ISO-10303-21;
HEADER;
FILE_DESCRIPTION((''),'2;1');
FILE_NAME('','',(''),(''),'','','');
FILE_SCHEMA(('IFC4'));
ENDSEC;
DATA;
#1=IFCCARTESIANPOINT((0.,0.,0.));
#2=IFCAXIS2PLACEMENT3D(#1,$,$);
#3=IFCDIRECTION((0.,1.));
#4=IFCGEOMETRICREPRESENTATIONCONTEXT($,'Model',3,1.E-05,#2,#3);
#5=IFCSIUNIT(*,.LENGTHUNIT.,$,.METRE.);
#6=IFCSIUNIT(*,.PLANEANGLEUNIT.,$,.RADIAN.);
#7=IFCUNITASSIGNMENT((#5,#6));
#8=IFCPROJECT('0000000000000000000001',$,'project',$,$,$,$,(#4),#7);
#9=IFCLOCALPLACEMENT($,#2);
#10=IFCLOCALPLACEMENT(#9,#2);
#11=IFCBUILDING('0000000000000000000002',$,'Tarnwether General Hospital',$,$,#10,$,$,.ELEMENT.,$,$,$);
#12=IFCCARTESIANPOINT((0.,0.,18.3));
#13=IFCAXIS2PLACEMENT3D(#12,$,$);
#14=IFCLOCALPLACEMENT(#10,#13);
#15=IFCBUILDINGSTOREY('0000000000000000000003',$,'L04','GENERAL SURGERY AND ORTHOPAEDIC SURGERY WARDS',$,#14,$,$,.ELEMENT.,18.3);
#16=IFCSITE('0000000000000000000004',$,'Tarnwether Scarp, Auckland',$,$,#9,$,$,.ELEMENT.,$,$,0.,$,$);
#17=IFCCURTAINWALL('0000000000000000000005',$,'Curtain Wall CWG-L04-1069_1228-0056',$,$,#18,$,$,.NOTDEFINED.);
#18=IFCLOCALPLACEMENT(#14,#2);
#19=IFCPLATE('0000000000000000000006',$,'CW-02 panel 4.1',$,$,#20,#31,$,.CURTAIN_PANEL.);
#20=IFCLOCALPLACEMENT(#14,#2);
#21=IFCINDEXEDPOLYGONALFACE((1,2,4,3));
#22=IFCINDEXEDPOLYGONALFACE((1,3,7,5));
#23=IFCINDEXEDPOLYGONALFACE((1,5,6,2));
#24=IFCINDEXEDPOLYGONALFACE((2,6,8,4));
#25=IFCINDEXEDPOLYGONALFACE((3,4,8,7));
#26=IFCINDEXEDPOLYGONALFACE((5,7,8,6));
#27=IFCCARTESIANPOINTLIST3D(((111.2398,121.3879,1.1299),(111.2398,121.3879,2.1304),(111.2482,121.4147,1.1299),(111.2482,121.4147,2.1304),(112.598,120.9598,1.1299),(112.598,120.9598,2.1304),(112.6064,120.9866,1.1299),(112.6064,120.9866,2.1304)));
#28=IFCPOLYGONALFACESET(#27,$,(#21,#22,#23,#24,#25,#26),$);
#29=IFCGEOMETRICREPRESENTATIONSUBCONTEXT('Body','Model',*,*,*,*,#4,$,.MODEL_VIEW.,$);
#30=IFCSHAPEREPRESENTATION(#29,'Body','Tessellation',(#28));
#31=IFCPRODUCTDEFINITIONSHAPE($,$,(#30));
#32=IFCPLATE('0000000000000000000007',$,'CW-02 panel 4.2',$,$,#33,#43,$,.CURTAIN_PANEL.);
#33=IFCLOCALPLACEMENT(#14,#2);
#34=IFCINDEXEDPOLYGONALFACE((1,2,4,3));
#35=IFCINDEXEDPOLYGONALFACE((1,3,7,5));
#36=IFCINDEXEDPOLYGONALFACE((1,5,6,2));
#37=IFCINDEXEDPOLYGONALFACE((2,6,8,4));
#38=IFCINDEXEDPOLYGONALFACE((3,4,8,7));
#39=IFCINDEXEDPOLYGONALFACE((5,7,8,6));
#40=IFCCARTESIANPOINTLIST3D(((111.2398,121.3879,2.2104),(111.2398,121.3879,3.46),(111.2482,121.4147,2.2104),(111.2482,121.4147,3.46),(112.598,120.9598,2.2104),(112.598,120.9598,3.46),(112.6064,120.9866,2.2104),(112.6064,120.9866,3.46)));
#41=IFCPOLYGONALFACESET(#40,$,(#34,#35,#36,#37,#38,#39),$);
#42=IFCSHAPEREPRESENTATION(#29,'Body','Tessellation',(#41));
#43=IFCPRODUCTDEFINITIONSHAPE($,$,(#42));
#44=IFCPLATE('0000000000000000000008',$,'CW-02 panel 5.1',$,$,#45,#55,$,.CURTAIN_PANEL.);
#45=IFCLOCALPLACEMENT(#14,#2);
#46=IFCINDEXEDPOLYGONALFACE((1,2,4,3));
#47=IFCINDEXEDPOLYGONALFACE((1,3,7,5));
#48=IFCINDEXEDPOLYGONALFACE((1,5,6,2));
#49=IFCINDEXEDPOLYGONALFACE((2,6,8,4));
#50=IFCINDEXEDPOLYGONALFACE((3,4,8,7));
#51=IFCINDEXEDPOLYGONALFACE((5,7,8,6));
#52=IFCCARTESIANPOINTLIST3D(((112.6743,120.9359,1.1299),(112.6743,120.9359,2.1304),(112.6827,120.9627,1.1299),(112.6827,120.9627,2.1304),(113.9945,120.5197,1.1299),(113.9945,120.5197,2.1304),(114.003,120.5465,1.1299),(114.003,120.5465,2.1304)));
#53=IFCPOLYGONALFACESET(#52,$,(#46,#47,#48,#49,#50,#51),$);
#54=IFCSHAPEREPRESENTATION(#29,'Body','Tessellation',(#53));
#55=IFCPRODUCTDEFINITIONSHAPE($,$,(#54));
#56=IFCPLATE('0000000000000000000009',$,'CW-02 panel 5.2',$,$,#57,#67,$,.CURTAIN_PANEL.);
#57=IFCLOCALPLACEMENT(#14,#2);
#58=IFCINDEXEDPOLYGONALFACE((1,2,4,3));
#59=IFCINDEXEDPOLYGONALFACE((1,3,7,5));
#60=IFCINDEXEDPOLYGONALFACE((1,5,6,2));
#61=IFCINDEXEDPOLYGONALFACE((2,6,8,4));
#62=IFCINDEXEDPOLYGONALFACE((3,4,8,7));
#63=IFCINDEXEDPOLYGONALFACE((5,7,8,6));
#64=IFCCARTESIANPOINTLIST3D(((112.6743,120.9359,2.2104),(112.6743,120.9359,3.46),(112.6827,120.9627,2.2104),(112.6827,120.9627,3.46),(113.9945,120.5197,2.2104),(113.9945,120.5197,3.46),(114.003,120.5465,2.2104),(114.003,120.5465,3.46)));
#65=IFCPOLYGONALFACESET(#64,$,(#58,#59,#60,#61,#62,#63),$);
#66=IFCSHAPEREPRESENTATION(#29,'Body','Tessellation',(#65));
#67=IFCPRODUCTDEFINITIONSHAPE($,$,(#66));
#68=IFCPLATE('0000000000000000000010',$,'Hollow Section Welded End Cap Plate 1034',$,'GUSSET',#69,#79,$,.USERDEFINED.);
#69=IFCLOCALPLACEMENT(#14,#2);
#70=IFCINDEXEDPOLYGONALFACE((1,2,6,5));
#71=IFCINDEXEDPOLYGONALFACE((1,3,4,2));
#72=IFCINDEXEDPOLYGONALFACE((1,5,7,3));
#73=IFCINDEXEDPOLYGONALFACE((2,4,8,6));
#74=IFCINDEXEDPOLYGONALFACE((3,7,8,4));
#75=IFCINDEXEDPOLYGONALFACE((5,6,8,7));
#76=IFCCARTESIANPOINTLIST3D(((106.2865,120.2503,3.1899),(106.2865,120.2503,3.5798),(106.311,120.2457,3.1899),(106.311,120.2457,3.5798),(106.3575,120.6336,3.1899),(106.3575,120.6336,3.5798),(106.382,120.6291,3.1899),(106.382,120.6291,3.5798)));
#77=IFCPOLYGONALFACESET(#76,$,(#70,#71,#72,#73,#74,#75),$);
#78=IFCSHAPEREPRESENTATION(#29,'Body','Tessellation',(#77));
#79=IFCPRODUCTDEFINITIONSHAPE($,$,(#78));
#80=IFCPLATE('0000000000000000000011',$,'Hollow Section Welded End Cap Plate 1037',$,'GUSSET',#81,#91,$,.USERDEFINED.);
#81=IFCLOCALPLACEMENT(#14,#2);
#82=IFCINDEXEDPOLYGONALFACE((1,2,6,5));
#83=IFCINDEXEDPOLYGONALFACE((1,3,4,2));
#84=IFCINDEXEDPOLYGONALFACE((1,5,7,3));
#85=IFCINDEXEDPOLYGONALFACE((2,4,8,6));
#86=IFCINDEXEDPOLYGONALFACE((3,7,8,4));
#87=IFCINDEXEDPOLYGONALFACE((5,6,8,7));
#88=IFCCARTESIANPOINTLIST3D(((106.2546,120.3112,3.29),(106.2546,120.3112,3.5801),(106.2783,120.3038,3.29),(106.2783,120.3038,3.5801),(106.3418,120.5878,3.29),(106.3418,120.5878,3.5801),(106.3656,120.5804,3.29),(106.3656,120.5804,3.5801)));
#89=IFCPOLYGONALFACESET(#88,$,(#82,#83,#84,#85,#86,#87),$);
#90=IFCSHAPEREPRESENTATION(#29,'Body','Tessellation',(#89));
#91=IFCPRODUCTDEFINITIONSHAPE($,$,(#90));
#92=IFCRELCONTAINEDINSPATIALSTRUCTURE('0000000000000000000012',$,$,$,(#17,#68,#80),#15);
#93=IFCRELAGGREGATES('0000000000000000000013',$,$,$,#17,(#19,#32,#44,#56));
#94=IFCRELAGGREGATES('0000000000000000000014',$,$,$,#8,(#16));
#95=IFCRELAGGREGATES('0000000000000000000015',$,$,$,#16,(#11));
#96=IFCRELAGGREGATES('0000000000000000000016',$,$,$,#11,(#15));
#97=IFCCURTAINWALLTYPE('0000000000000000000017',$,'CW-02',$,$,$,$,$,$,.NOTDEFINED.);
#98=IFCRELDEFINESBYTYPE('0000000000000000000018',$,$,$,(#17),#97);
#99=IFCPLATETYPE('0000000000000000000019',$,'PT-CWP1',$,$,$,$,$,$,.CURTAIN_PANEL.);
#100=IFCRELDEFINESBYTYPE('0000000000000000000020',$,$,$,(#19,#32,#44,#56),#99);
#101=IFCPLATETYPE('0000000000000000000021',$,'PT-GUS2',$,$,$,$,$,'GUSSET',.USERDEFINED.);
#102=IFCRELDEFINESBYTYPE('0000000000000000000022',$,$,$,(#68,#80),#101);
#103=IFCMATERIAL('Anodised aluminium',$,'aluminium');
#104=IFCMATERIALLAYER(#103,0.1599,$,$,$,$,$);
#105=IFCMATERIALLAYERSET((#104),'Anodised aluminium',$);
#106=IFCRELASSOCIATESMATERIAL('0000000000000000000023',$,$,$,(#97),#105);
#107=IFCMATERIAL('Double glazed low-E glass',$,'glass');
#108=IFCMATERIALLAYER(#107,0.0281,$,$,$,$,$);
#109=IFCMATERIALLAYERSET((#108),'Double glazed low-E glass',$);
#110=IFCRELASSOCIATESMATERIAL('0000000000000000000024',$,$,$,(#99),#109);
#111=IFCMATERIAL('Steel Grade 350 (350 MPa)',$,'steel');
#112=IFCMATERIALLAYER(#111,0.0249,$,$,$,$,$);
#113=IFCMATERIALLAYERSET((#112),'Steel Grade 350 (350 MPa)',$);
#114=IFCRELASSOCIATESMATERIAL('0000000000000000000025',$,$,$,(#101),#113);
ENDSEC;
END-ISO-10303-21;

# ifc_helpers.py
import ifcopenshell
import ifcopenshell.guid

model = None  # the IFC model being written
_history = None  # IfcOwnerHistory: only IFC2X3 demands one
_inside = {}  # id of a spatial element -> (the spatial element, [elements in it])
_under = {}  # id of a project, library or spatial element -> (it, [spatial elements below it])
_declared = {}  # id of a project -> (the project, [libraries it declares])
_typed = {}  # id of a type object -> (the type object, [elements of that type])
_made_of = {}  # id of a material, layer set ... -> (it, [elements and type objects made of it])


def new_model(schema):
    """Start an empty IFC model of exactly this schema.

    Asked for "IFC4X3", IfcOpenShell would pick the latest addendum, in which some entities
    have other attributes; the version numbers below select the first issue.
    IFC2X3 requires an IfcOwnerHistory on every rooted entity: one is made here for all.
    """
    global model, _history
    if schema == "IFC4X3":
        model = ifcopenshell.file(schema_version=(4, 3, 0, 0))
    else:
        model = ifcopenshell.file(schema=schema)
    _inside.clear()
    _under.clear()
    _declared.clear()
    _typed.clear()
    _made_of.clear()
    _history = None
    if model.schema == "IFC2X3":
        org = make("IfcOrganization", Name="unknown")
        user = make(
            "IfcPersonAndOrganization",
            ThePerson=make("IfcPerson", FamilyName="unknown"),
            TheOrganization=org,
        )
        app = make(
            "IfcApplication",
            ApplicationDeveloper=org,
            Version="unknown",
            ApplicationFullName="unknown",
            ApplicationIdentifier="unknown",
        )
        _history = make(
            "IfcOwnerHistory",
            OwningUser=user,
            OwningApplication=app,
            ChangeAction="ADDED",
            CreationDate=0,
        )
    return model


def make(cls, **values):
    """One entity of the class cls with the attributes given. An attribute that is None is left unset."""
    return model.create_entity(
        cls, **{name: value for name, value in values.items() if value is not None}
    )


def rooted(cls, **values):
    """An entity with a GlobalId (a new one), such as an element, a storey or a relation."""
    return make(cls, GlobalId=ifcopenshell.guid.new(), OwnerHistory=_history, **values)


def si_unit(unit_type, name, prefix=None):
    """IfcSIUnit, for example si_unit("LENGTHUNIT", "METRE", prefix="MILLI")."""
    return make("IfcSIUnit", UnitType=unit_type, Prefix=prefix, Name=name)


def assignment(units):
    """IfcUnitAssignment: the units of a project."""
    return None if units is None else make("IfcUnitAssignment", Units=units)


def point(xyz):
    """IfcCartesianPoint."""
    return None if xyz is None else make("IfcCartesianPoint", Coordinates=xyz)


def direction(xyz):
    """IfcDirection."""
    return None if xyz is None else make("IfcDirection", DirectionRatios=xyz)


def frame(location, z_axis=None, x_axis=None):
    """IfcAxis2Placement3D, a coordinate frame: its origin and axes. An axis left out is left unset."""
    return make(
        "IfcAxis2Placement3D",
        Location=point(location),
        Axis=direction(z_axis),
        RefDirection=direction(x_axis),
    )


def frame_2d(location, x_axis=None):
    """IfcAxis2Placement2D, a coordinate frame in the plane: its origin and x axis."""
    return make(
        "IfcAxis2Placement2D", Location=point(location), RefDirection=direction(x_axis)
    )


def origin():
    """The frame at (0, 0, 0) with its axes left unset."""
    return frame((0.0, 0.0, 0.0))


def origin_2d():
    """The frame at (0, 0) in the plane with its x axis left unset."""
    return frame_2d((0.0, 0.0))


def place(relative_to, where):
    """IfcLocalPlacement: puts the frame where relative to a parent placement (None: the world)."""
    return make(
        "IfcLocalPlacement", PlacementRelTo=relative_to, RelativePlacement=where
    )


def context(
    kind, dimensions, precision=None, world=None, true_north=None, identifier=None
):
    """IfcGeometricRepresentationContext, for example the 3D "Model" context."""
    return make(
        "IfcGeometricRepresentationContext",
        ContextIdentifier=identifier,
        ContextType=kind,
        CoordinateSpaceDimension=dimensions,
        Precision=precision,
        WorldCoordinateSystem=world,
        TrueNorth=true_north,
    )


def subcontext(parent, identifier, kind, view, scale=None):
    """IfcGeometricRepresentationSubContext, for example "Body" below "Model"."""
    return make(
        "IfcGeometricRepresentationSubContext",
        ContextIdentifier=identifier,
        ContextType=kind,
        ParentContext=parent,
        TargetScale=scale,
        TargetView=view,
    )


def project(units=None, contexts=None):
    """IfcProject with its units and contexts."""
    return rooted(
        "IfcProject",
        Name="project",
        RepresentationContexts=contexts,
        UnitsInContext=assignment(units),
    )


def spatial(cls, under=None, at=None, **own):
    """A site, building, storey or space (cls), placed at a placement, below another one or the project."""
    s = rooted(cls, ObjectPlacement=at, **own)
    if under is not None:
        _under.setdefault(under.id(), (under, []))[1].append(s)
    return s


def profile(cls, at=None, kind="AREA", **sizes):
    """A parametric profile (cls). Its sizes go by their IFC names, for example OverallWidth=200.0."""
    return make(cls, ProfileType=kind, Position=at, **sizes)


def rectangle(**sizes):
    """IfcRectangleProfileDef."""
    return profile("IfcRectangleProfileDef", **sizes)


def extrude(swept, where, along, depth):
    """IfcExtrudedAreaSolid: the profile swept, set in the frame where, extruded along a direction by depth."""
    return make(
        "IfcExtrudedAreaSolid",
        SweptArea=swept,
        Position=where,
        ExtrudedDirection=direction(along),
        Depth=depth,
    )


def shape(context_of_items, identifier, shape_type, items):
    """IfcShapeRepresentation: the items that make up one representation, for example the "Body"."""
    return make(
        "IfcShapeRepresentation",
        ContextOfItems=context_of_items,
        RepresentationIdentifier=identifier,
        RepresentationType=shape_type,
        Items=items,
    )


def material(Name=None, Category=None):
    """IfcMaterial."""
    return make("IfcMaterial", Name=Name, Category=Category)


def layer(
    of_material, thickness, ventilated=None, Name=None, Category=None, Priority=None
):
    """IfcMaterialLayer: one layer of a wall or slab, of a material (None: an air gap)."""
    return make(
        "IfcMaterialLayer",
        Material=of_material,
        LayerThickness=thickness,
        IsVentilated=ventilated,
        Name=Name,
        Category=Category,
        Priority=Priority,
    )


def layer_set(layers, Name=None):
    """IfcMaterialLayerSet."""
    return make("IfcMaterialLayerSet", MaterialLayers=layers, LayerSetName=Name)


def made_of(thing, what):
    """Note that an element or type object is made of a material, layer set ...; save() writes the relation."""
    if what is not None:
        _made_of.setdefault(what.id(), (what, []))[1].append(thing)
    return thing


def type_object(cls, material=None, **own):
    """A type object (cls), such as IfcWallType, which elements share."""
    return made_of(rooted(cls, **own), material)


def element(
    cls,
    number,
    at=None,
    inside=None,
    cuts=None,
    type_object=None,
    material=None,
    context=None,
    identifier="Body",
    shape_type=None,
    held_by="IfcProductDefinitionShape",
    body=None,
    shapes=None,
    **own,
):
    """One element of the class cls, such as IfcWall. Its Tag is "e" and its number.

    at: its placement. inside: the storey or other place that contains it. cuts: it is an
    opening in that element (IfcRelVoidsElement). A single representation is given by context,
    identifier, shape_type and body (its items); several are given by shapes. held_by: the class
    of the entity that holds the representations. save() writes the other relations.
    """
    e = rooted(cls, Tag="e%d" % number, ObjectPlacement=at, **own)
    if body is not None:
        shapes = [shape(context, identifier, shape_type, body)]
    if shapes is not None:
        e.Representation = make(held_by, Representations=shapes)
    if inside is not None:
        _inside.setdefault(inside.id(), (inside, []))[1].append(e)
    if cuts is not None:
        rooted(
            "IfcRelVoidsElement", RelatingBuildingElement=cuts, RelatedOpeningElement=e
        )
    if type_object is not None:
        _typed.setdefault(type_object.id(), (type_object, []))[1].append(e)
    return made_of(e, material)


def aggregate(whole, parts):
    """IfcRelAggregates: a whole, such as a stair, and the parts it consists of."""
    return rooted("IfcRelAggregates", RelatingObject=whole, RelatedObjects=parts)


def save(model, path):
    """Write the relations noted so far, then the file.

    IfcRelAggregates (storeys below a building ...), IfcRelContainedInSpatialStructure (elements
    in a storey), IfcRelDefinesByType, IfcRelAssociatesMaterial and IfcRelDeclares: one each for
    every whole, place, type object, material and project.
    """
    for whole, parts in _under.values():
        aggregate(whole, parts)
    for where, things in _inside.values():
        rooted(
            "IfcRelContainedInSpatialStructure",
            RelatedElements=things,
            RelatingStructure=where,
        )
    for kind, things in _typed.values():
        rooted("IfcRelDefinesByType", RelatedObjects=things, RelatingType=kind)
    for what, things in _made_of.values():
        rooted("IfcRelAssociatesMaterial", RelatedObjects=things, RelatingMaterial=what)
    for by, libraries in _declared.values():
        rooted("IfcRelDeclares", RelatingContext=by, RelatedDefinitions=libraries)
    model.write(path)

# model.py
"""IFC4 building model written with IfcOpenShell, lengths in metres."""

from ifc_helpers import new_model, si_unit, direction, frame, origin, origin_2d, place, context, subcontext, project, spatial, rectangle, extrude, material, layer, layer_set, type_object, element, aggregate, save


model = new_model("IFC4")

# Units and contexts
model_context = context("Model", 3, precision=1e-05, world=origin(), true_north=direction((0.0, 1.0)))
body_context = subcontext(model_context, "Body", "Model", "MODEL_VIEW")
ifc_project = project(units=[si_unit("LENGTHUNIT", "METRE"), si_unit("PLANEANGLEUNIT", "RADIAN")], contexts=[model_context])

# Site, building, storey
site_placement = place(None, origin())
site = spatial("IfcSite", under=ifc_project, at=site_placement, Name="Tarnwether Scarp, Auckland", CompositionType="ELEMENT", RefElevation=0.0)
building_placement = place(site_placement, origin())
building = spatial("IfcBuilding", under=site, at=building_placement, Name="Tarnwether General Hospital", CompositionType="ELEMENT")
storey_placement = place(building_placement, frame((0.0, 0.0, 18.3)))
storey = spatial("IfcBuildingStorey", under=building, at=storey_placement, Name="L04", Description="GENERAL SURGERY AND ORTHOPAEDIC SURGERY WARDS", CompositionType="ELEMENT", Elevation=18.3)

# Curtain wall, plates
ifc_material_1 = material(Name="Anodised aluminium", Category="aluminium")
ifc_layer_1 = layer(ifc_material_1, 0.1599)
ifc_layer_set_1 = layer_set([ifc_layer_1], Name="Anodised aluminium")
curtain_wall_type = type_object("IfcCurtainWallType", Name="CW-02", PredefinedType="NOTDEFINED", material=ifc_layer_set_1)
curtain_wall_placement = place(storey_placement, origin())
curtain_wall = element("IfcCurtainWall", 1, at=curtain_wall_placement, inside=storey, type_object=curtain_wall_type, Name="Curtain Wall CWG-L04-1069_1228-0056", PredefinedType="NOTDEFINED")
ifc_material_2 = material(Name="Double glazed low-E glass", Category="glass")
ifc_layer_2 = layer(ifc_material_2, 0.0281)
ifc_layer_set_2 = layer_set([ifc_layer_2], Name="Double glazed low-E glass")
plate_type_1 = type_object("IfcPlateType", Name="PT-CWP1", PredefinedType="CURTAIN_PANEL", material=ifc_layer_set_2)
plate_1_placement = place(storey_placement, frame((111.9231, 121.1873, 1.1299), z_axis=(0.0, 0.0, 1.0), x_axis=(0.953741, -0.300629, 0.0)))
plate_1 = element("IfcPlate", 2, at=plate_1_placement, type_object=plate_type_1, Name="CW-02 panel 4.1", PredefinedType="CURTAIN_PANEL", context=body_context, shape_type="SweptSolid", body=[
    extrude(rectangle(XDim=1.4241, YDim=0.0281, at=origin_2d()), origin(), (0.0, 0.0, 1.0), 1.0005),
])
plate_2_placement = place(storey_placement, frame((111.9231, 121.1873, 2.2104), z_axis=(0.0, 0.0, 1.0), x_axis=(0.953741, -0.300629, 0.0)))
plate_2 = element("IfcPlate", 3, at=plate_2_placement, type_object=plate_type_1, Name="CW-02 panel 4.2", PredefinedType="CURTAIN_PANEL", context=body_context, shape_type="SweptSolid", body=[
    extrude(rectangle(XDim=1.4241, YDim=0.0281, at=origin_2d()), origin(), (0.0, 0.0, 1.0), 1.2495),
])
plate_3_placement = place(storey_placement, frame((113.3386, 120.7412, 1.1299), z_axis=(0.0, 0.0, 1.0), x_axis=(0.953741, -0.300629, 0.0)))
plate_3 = element("IfcPlate", 4, at=plate_3_placement, type_object=plate_type_1, Name="CW-02 panel 5.1", PredefinedType="CURTAIN_PANEL", context=body_context, shape_type="SweptSolid", body=[
    extrude(rectangle(XDim=1.3843, YDim=0.0281, at=origin_2d()), origin(), (0.0, 0.0, 1.0), 1.0005),
])
plate_4_placement = place(storey_placement, frame((113.3386, 120.7412, 2.2104), z_axis=(0.0, 0.0, 1.0), x_axis=(0.953741, -0.300629, 0.0)))
plate_4 = element("IfcPlate", 5, at=plate_4_placement, type_object=plate_type_1, Name="CW-02 panel 5.2", PredefinedType="CURTAIN_PANEL", context=body_context, shape_type="SweptSolid", body=[
    extrude(rectangle(XDim=1.3843, YDim=0.0281, at=origin_2d()), origin(), (0.0, 0.0, 1.0), 1.2495),
])
aggregate(curtain_wall, [plate_1, plate_2, plate_3, plate_4])

# Plates
ifc_material_3 = material(Name="Steel Grade 350 (350 MPa)", Category="steel")
ifc_layer_3 = layer(ifc_material_3, 0.0249)
ifc_layer_set_3 = layer_set([ifc_layer_3], Name="Steel Grade 350 (350 MPa)")
plate_type_2 = type_object("IfcPlateType", Name="PT-GUS2", ElementType="GUSSET", PredefinedType="USERDEFINED", material=ifc_layer_set_3)
plate_5_placement = place(storey_placement, frame((106.3342, 120.4397, 3.1899), z_axis=(0.0, 0.0, 1.0), x_axis=(0.983261, -0.182201, 0.0)))
element("IfcPlate", 6, at=plate_5_placement, inside=storey, type_object=plate_type_2, Name="Hollow Section Welded End Cap Plate 1034", ObjectType="GUSSET", PredefinedType="USERDEFINED", context=body_context, shape_type="SweptSolid", body=[
    extrude(rectangle(XDim=0.0249, YDim=0.3899, at=origin_2d()), origin(), (0.0, 0.0, 1.0), 0.3899),
])
plate_6_placement = place(storey_placement, frame((106.3101, 120.4458, 3.29), z_axis=(0.0, 0.0, 1.0), x_axis=(0.953691, -0.300789, 0.0)))
element("IfcPlate", 7, at=plate_6_placement, inside=storey, type_object=plate_type_2, Name="Hollow Section Welded End Cap Plate 1037", ObjectType="GUSSET", PredefinedType="USERDEFINED", context=body_context, shape_type="SweptSolid", body=[
    extrude(rectangle(XDim=0.0249, YDim=0.29, at=origin_2d()), origin(), (0.0, 0.0, 1.0), 0.29),
])

save(model, "model.ifc")
